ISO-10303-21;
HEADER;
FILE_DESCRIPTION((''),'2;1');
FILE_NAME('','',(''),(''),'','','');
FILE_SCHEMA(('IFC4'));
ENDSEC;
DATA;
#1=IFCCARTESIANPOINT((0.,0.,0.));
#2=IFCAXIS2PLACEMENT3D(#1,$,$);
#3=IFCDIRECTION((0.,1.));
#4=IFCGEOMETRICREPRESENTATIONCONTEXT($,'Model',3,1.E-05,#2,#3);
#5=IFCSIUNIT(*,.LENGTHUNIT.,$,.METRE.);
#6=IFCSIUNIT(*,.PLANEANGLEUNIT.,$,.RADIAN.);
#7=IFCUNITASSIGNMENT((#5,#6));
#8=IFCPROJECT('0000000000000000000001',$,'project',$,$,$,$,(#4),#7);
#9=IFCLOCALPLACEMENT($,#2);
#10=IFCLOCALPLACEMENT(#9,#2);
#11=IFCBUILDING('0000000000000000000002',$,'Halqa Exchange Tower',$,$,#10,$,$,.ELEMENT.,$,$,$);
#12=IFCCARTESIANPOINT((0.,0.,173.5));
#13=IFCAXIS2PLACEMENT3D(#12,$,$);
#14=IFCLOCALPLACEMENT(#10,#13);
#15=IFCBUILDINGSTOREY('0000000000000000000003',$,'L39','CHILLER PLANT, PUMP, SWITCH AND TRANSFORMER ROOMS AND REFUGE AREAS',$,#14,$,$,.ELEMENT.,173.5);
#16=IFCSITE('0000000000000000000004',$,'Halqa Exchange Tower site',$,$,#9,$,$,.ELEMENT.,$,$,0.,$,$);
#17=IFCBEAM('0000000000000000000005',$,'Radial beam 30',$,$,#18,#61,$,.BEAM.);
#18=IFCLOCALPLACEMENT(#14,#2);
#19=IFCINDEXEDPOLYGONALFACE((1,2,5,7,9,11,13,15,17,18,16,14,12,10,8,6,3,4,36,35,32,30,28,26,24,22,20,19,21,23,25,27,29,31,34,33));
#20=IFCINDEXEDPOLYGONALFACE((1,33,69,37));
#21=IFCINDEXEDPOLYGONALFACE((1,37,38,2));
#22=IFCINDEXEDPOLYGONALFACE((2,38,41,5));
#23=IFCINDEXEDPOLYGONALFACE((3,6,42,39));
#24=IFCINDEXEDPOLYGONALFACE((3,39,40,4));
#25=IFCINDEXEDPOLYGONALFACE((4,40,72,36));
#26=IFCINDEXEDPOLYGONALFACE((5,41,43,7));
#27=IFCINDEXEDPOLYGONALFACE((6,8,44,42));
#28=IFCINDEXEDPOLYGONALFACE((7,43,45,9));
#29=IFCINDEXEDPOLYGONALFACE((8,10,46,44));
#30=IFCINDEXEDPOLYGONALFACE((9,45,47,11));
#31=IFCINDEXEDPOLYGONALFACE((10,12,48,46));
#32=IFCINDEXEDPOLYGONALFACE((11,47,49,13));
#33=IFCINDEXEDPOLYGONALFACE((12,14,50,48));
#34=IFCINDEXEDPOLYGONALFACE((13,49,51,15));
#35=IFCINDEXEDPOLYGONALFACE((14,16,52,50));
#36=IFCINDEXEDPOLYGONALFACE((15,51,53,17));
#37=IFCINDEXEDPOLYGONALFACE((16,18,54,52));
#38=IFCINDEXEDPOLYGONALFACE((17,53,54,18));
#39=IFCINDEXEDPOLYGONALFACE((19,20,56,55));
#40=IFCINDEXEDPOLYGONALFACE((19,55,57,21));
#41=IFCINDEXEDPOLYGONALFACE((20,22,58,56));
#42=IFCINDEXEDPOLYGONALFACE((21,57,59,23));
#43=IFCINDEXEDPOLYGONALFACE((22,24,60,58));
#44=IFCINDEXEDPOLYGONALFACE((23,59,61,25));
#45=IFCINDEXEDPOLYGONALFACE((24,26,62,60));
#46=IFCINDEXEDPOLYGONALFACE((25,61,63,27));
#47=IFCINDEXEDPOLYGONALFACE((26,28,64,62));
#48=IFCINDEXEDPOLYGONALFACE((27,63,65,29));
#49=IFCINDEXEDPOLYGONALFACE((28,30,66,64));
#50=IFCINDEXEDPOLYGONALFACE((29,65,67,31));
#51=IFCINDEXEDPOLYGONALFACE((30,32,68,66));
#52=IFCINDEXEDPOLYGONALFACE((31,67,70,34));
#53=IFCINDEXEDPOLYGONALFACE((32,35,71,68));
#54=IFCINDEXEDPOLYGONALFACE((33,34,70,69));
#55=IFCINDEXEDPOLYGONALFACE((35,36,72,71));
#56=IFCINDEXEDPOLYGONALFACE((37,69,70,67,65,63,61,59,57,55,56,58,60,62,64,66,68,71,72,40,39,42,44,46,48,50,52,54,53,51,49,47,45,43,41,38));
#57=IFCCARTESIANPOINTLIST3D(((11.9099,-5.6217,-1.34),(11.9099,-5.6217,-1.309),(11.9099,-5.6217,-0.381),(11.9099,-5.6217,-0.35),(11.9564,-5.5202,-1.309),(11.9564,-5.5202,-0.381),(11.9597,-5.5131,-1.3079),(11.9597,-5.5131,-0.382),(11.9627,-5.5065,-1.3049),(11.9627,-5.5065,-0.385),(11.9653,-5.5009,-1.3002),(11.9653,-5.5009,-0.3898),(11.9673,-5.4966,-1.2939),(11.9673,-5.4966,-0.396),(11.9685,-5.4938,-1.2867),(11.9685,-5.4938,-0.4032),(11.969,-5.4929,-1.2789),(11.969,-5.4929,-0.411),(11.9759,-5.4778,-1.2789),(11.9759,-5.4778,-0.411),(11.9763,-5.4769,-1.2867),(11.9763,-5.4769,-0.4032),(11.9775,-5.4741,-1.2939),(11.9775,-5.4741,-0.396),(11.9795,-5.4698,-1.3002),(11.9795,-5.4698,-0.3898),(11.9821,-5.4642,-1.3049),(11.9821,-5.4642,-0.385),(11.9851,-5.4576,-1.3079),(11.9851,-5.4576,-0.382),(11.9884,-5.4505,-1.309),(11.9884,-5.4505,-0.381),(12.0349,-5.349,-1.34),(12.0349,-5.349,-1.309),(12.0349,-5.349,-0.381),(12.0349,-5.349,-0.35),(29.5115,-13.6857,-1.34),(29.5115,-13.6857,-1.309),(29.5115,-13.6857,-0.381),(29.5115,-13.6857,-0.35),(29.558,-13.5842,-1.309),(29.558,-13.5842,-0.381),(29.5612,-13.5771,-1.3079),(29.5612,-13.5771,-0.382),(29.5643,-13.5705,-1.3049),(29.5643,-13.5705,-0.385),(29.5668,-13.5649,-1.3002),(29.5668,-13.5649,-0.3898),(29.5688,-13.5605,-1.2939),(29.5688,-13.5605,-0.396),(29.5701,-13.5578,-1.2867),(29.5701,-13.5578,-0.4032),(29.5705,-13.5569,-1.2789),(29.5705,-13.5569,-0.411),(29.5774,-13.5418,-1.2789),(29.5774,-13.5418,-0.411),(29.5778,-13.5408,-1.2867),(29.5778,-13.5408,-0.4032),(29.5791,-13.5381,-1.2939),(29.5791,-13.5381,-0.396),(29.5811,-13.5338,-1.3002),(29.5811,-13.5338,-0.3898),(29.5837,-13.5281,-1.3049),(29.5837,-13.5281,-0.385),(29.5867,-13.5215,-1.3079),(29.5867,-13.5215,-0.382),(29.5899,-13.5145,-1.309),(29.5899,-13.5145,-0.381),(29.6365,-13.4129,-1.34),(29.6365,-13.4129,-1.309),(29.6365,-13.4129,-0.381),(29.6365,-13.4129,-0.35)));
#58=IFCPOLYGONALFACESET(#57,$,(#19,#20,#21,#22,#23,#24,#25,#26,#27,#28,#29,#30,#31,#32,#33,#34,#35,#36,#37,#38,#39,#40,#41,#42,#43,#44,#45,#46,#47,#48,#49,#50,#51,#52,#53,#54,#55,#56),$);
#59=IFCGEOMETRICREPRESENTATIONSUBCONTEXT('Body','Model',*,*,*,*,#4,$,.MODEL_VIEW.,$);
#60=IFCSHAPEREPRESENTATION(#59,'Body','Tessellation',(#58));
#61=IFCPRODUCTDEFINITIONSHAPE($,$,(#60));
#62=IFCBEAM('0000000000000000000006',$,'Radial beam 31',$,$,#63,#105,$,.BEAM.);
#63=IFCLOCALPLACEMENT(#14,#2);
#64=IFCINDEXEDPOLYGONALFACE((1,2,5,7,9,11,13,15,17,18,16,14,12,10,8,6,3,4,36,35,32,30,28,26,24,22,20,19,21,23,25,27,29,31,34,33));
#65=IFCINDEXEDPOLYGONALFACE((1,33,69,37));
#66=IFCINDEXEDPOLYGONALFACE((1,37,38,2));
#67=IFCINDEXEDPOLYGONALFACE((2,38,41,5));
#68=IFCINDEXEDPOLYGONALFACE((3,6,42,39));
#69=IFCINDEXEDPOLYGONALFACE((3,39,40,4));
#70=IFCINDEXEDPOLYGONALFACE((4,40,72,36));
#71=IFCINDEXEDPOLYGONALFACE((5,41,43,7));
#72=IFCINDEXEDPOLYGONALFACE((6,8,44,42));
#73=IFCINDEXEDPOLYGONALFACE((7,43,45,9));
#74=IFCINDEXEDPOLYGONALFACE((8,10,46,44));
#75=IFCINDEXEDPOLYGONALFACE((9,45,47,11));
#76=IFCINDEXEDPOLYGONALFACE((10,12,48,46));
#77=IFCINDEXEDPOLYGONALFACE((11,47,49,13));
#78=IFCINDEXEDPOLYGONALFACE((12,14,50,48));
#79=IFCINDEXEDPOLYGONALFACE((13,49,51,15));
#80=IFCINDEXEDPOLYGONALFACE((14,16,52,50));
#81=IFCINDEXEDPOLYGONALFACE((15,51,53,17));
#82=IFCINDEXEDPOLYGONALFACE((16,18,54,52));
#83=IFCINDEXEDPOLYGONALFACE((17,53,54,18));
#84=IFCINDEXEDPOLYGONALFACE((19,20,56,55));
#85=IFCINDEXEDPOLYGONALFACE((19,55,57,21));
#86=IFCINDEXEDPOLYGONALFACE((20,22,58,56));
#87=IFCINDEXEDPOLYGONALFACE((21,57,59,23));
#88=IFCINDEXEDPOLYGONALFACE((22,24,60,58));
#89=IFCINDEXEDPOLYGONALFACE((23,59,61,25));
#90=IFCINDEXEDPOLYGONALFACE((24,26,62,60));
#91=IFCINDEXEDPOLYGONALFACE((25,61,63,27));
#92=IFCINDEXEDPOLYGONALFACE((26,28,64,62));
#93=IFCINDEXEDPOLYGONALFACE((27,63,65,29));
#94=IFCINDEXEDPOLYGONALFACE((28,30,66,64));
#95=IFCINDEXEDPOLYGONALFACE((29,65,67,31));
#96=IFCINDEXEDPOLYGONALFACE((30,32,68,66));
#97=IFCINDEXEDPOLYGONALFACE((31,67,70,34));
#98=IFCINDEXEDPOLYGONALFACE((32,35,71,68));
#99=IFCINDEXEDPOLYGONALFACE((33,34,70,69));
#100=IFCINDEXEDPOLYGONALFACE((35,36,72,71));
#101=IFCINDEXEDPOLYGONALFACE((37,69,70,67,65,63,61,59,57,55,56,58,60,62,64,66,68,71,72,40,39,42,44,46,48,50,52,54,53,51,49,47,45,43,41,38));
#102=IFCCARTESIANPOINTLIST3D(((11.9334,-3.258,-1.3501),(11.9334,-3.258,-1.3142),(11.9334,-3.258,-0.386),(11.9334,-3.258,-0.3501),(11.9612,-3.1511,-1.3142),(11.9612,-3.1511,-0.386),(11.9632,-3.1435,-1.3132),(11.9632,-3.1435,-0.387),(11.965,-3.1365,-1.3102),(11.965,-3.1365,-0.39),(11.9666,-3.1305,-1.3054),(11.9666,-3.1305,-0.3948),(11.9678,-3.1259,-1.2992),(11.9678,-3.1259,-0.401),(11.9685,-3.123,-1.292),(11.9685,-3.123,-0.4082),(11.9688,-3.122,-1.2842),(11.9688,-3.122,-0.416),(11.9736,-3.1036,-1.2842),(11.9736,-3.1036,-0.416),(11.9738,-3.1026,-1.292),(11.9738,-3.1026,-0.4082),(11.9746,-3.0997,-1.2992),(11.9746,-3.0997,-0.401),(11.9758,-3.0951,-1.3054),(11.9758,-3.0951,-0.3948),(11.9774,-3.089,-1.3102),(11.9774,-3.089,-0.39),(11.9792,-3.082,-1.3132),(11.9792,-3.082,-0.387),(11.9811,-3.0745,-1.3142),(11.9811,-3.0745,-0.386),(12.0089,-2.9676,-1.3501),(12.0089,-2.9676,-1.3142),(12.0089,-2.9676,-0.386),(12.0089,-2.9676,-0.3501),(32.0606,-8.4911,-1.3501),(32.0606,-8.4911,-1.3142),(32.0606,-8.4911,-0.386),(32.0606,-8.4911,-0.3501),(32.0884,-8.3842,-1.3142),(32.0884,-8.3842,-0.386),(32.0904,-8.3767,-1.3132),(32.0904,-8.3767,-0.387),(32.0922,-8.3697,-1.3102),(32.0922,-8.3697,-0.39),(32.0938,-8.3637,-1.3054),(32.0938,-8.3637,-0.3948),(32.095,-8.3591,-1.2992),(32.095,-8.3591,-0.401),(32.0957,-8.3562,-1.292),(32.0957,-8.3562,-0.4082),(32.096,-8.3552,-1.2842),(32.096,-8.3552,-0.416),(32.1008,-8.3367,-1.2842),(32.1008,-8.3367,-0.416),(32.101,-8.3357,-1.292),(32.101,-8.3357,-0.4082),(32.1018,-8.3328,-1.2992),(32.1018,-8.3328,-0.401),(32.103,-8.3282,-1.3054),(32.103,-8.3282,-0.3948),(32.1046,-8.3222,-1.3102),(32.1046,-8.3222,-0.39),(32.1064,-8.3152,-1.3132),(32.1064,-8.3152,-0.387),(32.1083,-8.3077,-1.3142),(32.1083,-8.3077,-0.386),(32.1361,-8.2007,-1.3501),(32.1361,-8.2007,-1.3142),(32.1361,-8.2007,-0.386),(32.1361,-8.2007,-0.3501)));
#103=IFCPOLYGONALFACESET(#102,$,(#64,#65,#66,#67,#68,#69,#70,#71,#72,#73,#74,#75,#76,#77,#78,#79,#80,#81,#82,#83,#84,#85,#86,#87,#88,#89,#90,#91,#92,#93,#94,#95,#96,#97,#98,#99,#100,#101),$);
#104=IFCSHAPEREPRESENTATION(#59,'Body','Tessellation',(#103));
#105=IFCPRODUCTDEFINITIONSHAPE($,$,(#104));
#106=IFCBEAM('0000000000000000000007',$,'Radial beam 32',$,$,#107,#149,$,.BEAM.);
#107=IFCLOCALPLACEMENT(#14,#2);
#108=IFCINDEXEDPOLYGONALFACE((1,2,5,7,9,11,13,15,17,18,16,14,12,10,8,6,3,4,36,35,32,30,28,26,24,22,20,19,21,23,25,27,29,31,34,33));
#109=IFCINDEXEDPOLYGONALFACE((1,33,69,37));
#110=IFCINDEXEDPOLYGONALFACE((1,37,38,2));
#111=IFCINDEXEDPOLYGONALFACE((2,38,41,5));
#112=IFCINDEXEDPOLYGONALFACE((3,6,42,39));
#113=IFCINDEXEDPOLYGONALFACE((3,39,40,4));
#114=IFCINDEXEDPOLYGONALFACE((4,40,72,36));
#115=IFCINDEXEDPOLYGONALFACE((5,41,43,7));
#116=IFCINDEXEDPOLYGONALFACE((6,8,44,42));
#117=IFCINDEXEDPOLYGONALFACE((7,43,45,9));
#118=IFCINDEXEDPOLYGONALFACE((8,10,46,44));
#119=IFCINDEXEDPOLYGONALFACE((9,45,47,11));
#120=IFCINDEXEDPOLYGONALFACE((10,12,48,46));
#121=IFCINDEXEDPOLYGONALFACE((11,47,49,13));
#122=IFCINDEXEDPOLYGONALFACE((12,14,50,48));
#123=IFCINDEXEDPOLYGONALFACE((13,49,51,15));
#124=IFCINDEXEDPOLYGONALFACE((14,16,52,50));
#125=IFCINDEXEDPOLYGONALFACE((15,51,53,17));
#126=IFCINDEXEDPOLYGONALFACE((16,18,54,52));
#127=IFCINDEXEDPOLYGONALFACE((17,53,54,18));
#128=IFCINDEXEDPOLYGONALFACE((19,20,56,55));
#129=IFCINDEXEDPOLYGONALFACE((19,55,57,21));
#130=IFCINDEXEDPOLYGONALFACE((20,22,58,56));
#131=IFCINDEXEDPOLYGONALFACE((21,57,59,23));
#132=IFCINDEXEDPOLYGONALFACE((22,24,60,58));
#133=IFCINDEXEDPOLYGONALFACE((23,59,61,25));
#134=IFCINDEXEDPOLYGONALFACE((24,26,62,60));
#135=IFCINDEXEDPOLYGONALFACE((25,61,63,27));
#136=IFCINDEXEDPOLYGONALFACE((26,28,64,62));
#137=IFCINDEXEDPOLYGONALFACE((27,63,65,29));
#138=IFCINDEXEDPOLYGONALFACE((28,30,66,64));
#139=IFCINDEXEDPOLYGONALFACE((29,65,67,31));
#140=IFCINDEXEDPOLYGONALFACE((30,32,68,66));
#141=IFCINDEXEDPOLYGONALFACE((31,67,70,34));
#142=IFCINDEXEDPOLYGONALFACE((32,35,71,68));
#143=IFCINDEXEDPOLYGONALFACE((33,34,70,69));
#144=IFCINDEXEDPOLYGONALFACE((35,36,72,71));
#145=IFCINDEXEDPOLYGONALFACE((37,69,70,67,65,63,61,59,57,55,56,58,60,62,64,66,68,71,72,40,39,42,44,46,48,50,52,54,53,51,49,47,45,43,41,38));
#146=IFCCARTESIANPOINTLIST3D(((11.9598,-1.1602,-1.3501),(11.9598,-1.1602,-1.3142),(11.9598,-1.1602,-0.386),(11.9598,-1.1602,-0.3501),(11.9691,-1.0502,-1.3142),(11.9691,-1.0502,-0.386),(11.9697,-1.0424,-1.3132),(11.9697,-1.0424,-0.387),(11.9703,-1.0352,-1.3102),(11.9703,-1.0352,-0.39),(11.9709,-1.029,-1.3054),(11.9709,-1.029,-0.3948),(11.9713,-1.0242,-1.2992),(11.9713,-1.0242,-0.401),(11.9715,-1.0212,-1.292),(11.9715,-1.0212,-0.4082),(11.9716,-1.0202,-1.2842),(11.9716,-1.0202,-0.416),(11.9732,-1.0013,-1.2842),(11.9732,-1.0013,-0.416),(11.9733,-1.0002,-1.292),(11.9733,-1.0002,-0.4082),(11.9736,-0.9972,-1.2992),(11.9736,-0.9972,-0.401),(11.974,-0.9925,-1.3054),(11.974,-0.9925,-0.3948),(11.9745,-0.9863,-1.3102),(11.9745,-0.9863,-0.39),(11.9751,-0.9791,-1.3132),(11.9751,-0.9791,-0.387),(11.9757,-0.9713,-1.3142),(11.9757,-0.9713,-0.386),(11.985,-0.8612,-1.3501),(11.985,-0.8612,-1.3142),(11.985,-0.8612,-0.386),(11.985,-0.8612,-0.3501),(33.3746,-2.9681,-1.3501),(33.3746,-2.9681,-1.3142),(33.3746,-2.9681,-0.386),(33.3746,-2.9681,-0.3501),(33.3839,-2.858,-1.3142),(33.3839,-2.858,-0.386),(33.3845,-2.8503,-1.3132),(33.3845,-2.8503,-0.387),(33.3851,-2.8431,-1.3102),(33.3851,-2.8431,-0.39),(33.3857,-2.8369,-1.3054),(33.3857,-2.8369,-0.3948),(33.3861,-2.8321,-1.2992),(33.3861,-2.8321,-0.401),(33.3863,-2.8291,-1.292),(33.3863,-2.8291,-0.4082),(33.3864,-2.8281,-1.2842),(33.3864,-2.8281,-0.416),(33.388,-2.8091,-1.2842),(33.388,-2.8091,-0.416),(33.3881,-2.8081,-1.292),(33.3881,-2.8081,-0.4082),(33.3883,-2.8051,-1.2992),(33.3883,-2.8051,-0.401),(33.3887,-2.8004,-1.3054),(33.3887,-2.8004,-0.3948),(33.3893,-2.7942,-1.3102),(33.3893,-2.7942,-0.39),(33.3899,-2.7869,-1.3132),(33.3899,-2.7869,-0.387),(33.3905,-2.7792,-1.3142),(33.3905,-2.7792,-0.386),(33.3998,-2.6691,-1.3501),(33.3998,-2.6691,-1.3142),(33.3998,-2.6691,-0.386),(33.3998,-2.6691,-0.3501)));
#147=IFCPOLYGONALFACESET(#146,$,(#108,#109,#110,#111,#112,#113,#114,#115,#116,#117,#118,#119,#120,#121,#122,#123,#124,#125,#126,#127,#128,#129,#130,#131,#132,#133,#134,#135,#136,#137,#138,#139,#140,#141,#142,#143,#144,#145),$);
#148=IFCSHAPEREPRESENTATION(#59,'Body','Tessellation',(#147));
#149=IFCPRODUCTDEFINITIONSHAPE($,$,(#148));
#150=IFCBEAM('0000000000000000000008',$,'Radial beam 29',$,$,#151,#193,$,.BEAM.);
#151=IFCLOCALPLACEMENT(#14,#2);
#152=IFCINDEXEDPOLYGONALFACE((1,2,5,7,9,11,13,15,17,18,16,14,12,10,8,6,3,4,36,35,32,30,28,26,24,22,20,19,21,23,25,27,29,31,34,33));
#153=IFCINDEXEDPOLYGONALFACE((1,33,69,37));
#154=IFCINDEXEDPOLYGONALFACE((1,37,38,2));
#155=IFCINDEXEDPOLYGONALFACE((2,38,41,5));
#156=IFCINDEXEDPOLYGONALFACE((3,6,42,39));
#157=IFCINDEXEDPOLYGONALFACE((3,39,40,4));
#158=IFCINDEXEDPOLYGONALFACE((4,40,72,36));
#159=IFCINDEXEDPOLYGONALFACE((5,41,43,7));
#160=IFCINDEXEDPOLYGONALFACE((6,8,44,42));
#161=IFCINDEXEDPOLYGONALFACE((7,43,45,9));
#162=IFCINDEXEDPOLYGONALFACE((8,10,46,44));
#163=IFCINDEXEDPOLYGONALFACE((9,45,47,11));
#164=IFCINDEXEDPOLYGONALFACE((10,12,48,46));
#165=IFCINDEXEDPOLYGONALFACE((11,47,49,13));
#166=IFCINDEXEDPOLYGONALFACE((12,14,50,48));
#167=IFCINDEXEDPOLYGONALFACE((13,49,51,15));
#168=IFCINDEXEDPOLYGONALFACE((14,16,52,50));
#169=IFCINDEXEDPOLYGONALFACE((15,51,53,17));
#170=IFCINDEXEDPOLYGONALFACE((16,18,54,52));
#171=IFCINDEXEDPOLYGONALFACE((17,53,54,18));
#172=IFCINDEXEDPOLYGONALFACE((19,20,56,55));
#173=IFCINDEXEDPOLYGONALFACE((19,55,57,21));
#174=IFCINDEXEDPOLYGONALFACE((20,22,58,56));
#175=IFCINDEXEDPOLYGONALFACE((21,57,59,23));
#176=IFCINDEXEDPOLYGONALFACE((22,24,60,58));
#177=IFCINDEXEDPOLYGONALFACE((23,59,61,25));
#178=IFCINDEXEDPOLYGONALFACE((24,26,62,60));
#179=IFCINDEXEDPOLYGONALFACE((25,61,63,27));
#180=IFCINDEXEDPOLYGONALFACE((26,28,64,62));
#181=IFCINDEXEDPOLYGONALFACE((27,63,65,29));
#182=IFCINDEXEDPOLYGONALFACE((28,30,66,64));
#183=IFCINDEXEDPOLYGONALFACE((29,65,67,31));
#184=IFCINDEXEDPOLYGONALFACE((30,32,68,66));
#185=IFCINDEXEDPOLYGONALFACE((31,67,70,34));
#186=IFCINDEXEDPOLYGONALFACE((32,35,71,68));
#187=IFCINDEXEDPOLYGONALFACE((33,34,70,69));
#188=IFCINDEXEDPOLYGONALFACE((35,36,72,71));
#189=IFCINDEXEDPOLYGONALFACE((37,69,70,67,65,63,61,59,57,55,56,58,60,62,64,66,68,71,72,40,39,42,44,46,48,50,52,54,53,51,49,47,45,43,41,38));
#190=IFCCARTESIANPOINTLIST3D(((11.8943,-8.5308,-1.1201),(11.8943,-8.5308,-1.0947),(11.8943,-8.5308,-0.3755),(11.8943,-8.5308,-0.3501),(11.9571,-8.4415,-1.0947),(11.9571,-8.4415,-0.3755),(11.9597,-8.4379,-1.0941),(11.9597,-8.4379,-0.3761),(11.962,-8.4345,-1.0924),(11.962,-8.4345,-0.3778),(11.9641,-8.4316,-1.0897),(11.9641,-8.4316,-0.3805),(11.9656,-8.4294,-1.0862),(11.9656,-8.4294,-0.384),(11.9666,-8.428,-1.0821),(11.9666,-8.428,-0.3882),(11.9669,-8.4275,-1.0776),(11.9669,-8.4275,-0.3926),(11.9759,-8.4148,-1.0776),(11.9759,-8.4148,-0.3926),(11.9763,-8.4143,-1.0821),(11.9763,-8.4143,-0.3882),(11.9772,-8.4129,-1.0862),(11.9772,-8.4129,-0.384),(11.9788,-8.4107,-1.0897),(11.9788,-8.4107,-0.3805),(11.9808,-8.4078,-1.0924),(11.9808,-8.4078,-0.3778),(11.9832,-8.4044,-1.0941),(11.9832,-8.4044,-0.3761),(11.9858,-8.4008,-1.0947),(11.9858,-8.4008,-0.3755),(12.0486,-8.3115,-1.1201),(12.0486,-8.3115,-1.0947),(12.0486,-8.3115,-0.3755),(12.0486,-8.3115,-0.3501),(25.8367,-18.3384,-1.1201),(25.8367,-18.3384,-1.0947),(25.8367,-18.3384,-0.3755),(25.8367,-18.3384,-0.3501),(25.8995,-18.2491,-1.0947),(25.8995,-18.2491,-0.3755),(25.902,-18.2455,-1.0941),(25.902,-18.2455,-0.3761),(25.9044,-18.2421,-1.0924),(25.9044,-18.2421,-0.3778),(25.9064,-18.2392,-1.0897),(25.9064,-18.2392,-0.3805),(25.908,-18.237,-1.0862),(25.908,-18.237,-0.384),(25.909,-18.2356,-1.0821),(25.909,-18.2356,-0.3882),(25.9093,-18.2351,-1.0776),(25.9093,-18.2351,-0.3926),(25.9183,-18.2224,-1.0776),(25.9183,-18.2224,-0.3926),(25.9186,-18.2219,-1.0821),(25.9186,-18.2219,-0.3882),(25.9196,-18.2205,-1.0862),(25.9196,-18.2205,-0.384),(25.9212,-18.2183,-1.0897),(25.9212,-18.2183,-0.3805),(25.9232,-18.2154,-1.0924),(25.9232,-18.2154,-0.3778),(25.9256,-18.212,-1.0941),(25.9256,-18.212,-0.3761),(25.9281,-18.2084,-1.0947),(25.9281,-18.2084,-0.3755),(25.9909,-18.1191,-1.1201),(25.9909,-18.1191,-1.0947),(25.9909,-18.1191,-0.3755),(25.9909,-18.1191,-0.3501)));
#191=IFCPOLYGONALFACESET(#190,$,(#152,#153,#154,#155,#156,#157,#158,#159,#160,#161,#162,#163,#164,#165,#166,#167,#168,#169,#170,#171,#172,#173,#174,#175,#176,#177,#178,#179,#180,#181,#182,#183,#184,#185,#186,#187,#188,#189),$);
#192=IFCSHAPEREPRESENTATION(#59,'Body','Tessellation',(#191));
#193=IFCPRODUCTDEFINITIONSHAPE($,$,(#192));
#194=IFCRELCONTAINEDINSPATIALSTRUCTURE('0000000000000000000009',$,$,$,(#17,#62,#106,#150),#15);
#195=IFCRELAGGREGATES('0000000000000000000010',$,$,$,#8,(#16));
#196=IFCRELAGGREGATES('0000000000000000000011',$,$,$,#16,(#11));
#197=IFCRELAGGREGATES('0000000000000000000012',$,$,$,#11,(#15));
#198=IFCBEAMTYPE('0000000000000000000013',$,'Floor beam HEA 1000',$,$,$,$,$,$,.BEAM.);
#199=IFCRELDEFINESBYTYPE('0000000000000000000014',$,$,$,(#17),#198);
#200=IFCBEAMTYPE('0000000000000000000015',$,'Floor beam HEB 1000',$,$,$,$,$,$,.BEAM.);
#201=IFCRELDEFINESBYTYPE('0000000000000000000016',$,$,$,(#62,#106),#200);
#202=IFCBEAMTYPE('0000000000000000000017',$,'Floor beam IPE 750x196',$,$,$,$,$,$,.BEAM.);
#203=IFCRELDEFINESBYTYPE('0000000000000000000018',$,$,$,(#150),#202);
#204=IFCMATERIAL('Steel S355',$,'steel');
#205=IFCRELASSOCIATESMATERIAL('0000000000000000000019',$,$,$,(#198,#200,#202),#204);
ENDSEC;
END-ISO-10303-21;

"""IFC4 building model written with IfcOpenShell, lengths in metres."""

from ifc_helpers import new_model, si_unit, direction, frame, origin, origin_2d, place, context, subcontext, project, spatial, i_section, extrude, material, material_profile, profile_set, type_object, element, save


model = new_model("IFC4")

# Units and contexts
model_context = context("Model", 3, precision=1e-05, world=origin(), true_north=direction((0.0, 1.0)))
body_context = subcontext(model_context, "Body", "Model", "MODEL_VIEW")
ifc_project = project(units=[si_unit("LENGTHUNIT", "METRE"), si_unit("PLANEANGLEUNIT", "RADIAN")], contexts=[model_context])

# Site, building, storey
site_placement = place(None, origin())
site = spatial("IfcSite", under=ifc_project, at=site_placement, Name="Halqa Exchange Tower site", CompositionType="ELEMENT", RefElevation=0.0)
building_placement = place(site_placement, origin())
building = spatial("IfcBuilding", under=site, at=building_placement, Name="Halqa Exchange Tower", CompositionType="ELEMENT")
storey_placement = place(building_placement, frame((0.0, 0.0, 173.5)))
storey = spatial("IfcBuildingStorey", under=building, at=storey_placement, Name="L39", Description="CHILLER PLANT, PUMP, SWITCH AND TRANSFORMER ROOMS AND REFUGE AREAS", CompositionType="ELEMENT", Elevation=173.5)

# Beams
ifc_material_1 = material(Name="Steel S355", Category="steel")
ifc_material_profile_1 = material_profile(ifc_material_1, i_section(OverallWidth=0.3, OverallDepth=0.99, WebThickness=0.0166, FlangeThickness=0.031, FilletRadius=0.03, at=origin_2d()), Name="HEA 1000")
ifc_profile_set_1 = profile_set([ifc_material_profile_1], Name="Steel S355")
beam_type_1 = type_object("IfcBeamType", Name="Floor beam HEA 1000", PredefinedType="BEAM", material=ifc_profile_set_1)
beam_1_placement = place(storey_placement, frame((11.9724, -5.4854, -0.845), z_axis=(0.909132, -0.416509, 0.0), x_axis=(0.416509, 0.909132, 0.0)))
element("IfcBeam", 1, at=beam_1_placement, inside=storey, type_object=beam_type_1, Name="Radial beam 30", PredefinedType="BEAM", context=body_context, shape_type="SweptSolid", body=[
    extrude(i_section(OverallWidth=0.3, OverallDepth=0.99, WebThickness=0.0166, FlangeThickness=0.031, FilletRadius=0.03, at=origin_2d()), origin(), (0.0, 0.0, 1.0), 19.3608),
])
ifc_material_profile_2 = material_profile(ifc_material_1, i_section(OverallWidth=0.3, OverallDepth=1.0, WebThickness=0.019, FlangeThickness=0.0359, FilletRadius=0.03, at=origin_2d()), Name="HEB 1000")
ifc_profile_set_2 = profile_set([ifc_material_profile_2], Name="Steel S355")
beam_type_2 = type_object("IfcBeamType", Name="Floor beam HEB 1000", PredefinedType="BEAM", material=ifc_profile_set_2)
beam_2_placement = place(storey_placement, frame((11.9712, -3.1128, -0.8501), z_axis=(0.967822, -0.251638, 0.0), x_axis=(0.251638, 0.967822, 0.0)))
element("IfcBeam", 2, at=beam_2_placement, inside=storey, type_object=beam_type_2, Name="Radial beam 31", PredefinedType="BEAM", context=body_context, shape_type="SweptSolid", body=[
    extrude(i_section(OverallWidth=0.3, OverallDepth=1.0, WebThickness=0.019, FlangeThickness=0.0359, FilletRadius=0.03, at=origin_2d()), origin(), (0.0, 0.0, 1.0), 20.7964),
])
beam_3_placement = place(storey_placement, frame((11.9724, -1.0107, -0.8501), z_axis=(0.996455, -0.084122, 0.0), x_axis=(0.084122, 0.996455, 0.0)))
element("IfcBeam", 3, at=beam_3_placement, inside=storey, type_object=beam_type_2, Name="Radial beam 32", PredefinedType="BEAM", context=body_context, shape_type="SweptSolid", body=[
    extrude(i_section(OverallWidth=0.3, OverallDepth=1.0, WebThickness=0.019, FlangeThickness=0.0359, FilletRadius=0.03, at=origin_2d()), origin(), (0.0, 0.0, 1.0), 21.491),
])
ifc_material_profile_3 = material_profile(ifc_material_1, i_section(OverallWidth=0.2681, OverallDepth=0.77, WebThickness=0.0156, FlangeThickness=0.0254, FilletRadius=0.0171, at=origin_2d()), Name="IPE 750x196")
ifc_profile_set_3 = profile_set([ifc_material_profile_3], Name="Steel S355")
beam_type_3 = type_object("IfcBeamType", Name="Floor beam IPE 750x196", PredefinedType="BEAM", material=ifc_profile_set_3)
beam_4_placement = place(storey_placement, frame((11.9714, -8.4211, -0.7351), z_axis=(0.817908, -0.575349, 0.0), x_axis=(0.575349, 0.817908, 0.0)))
element("IfcBeam", 4, at=beam_4_placement, inside=storey, type_object=beam_type_3, Name="Radial beam 29", PredefinedType="BEAM", context=body_context, shape_type="SweptSolid", body=[
    extrude(i_section(OverallWidth=0.2681, OverallDepth=0.77, WebThickness=0.0156, FlangeThickness=0.0254, FilletRadius=0.0171, at=origin_2d()), origin(), (0.0, 0.0, 1.0), 17.0464),
])

save(model, "model.ifc")
